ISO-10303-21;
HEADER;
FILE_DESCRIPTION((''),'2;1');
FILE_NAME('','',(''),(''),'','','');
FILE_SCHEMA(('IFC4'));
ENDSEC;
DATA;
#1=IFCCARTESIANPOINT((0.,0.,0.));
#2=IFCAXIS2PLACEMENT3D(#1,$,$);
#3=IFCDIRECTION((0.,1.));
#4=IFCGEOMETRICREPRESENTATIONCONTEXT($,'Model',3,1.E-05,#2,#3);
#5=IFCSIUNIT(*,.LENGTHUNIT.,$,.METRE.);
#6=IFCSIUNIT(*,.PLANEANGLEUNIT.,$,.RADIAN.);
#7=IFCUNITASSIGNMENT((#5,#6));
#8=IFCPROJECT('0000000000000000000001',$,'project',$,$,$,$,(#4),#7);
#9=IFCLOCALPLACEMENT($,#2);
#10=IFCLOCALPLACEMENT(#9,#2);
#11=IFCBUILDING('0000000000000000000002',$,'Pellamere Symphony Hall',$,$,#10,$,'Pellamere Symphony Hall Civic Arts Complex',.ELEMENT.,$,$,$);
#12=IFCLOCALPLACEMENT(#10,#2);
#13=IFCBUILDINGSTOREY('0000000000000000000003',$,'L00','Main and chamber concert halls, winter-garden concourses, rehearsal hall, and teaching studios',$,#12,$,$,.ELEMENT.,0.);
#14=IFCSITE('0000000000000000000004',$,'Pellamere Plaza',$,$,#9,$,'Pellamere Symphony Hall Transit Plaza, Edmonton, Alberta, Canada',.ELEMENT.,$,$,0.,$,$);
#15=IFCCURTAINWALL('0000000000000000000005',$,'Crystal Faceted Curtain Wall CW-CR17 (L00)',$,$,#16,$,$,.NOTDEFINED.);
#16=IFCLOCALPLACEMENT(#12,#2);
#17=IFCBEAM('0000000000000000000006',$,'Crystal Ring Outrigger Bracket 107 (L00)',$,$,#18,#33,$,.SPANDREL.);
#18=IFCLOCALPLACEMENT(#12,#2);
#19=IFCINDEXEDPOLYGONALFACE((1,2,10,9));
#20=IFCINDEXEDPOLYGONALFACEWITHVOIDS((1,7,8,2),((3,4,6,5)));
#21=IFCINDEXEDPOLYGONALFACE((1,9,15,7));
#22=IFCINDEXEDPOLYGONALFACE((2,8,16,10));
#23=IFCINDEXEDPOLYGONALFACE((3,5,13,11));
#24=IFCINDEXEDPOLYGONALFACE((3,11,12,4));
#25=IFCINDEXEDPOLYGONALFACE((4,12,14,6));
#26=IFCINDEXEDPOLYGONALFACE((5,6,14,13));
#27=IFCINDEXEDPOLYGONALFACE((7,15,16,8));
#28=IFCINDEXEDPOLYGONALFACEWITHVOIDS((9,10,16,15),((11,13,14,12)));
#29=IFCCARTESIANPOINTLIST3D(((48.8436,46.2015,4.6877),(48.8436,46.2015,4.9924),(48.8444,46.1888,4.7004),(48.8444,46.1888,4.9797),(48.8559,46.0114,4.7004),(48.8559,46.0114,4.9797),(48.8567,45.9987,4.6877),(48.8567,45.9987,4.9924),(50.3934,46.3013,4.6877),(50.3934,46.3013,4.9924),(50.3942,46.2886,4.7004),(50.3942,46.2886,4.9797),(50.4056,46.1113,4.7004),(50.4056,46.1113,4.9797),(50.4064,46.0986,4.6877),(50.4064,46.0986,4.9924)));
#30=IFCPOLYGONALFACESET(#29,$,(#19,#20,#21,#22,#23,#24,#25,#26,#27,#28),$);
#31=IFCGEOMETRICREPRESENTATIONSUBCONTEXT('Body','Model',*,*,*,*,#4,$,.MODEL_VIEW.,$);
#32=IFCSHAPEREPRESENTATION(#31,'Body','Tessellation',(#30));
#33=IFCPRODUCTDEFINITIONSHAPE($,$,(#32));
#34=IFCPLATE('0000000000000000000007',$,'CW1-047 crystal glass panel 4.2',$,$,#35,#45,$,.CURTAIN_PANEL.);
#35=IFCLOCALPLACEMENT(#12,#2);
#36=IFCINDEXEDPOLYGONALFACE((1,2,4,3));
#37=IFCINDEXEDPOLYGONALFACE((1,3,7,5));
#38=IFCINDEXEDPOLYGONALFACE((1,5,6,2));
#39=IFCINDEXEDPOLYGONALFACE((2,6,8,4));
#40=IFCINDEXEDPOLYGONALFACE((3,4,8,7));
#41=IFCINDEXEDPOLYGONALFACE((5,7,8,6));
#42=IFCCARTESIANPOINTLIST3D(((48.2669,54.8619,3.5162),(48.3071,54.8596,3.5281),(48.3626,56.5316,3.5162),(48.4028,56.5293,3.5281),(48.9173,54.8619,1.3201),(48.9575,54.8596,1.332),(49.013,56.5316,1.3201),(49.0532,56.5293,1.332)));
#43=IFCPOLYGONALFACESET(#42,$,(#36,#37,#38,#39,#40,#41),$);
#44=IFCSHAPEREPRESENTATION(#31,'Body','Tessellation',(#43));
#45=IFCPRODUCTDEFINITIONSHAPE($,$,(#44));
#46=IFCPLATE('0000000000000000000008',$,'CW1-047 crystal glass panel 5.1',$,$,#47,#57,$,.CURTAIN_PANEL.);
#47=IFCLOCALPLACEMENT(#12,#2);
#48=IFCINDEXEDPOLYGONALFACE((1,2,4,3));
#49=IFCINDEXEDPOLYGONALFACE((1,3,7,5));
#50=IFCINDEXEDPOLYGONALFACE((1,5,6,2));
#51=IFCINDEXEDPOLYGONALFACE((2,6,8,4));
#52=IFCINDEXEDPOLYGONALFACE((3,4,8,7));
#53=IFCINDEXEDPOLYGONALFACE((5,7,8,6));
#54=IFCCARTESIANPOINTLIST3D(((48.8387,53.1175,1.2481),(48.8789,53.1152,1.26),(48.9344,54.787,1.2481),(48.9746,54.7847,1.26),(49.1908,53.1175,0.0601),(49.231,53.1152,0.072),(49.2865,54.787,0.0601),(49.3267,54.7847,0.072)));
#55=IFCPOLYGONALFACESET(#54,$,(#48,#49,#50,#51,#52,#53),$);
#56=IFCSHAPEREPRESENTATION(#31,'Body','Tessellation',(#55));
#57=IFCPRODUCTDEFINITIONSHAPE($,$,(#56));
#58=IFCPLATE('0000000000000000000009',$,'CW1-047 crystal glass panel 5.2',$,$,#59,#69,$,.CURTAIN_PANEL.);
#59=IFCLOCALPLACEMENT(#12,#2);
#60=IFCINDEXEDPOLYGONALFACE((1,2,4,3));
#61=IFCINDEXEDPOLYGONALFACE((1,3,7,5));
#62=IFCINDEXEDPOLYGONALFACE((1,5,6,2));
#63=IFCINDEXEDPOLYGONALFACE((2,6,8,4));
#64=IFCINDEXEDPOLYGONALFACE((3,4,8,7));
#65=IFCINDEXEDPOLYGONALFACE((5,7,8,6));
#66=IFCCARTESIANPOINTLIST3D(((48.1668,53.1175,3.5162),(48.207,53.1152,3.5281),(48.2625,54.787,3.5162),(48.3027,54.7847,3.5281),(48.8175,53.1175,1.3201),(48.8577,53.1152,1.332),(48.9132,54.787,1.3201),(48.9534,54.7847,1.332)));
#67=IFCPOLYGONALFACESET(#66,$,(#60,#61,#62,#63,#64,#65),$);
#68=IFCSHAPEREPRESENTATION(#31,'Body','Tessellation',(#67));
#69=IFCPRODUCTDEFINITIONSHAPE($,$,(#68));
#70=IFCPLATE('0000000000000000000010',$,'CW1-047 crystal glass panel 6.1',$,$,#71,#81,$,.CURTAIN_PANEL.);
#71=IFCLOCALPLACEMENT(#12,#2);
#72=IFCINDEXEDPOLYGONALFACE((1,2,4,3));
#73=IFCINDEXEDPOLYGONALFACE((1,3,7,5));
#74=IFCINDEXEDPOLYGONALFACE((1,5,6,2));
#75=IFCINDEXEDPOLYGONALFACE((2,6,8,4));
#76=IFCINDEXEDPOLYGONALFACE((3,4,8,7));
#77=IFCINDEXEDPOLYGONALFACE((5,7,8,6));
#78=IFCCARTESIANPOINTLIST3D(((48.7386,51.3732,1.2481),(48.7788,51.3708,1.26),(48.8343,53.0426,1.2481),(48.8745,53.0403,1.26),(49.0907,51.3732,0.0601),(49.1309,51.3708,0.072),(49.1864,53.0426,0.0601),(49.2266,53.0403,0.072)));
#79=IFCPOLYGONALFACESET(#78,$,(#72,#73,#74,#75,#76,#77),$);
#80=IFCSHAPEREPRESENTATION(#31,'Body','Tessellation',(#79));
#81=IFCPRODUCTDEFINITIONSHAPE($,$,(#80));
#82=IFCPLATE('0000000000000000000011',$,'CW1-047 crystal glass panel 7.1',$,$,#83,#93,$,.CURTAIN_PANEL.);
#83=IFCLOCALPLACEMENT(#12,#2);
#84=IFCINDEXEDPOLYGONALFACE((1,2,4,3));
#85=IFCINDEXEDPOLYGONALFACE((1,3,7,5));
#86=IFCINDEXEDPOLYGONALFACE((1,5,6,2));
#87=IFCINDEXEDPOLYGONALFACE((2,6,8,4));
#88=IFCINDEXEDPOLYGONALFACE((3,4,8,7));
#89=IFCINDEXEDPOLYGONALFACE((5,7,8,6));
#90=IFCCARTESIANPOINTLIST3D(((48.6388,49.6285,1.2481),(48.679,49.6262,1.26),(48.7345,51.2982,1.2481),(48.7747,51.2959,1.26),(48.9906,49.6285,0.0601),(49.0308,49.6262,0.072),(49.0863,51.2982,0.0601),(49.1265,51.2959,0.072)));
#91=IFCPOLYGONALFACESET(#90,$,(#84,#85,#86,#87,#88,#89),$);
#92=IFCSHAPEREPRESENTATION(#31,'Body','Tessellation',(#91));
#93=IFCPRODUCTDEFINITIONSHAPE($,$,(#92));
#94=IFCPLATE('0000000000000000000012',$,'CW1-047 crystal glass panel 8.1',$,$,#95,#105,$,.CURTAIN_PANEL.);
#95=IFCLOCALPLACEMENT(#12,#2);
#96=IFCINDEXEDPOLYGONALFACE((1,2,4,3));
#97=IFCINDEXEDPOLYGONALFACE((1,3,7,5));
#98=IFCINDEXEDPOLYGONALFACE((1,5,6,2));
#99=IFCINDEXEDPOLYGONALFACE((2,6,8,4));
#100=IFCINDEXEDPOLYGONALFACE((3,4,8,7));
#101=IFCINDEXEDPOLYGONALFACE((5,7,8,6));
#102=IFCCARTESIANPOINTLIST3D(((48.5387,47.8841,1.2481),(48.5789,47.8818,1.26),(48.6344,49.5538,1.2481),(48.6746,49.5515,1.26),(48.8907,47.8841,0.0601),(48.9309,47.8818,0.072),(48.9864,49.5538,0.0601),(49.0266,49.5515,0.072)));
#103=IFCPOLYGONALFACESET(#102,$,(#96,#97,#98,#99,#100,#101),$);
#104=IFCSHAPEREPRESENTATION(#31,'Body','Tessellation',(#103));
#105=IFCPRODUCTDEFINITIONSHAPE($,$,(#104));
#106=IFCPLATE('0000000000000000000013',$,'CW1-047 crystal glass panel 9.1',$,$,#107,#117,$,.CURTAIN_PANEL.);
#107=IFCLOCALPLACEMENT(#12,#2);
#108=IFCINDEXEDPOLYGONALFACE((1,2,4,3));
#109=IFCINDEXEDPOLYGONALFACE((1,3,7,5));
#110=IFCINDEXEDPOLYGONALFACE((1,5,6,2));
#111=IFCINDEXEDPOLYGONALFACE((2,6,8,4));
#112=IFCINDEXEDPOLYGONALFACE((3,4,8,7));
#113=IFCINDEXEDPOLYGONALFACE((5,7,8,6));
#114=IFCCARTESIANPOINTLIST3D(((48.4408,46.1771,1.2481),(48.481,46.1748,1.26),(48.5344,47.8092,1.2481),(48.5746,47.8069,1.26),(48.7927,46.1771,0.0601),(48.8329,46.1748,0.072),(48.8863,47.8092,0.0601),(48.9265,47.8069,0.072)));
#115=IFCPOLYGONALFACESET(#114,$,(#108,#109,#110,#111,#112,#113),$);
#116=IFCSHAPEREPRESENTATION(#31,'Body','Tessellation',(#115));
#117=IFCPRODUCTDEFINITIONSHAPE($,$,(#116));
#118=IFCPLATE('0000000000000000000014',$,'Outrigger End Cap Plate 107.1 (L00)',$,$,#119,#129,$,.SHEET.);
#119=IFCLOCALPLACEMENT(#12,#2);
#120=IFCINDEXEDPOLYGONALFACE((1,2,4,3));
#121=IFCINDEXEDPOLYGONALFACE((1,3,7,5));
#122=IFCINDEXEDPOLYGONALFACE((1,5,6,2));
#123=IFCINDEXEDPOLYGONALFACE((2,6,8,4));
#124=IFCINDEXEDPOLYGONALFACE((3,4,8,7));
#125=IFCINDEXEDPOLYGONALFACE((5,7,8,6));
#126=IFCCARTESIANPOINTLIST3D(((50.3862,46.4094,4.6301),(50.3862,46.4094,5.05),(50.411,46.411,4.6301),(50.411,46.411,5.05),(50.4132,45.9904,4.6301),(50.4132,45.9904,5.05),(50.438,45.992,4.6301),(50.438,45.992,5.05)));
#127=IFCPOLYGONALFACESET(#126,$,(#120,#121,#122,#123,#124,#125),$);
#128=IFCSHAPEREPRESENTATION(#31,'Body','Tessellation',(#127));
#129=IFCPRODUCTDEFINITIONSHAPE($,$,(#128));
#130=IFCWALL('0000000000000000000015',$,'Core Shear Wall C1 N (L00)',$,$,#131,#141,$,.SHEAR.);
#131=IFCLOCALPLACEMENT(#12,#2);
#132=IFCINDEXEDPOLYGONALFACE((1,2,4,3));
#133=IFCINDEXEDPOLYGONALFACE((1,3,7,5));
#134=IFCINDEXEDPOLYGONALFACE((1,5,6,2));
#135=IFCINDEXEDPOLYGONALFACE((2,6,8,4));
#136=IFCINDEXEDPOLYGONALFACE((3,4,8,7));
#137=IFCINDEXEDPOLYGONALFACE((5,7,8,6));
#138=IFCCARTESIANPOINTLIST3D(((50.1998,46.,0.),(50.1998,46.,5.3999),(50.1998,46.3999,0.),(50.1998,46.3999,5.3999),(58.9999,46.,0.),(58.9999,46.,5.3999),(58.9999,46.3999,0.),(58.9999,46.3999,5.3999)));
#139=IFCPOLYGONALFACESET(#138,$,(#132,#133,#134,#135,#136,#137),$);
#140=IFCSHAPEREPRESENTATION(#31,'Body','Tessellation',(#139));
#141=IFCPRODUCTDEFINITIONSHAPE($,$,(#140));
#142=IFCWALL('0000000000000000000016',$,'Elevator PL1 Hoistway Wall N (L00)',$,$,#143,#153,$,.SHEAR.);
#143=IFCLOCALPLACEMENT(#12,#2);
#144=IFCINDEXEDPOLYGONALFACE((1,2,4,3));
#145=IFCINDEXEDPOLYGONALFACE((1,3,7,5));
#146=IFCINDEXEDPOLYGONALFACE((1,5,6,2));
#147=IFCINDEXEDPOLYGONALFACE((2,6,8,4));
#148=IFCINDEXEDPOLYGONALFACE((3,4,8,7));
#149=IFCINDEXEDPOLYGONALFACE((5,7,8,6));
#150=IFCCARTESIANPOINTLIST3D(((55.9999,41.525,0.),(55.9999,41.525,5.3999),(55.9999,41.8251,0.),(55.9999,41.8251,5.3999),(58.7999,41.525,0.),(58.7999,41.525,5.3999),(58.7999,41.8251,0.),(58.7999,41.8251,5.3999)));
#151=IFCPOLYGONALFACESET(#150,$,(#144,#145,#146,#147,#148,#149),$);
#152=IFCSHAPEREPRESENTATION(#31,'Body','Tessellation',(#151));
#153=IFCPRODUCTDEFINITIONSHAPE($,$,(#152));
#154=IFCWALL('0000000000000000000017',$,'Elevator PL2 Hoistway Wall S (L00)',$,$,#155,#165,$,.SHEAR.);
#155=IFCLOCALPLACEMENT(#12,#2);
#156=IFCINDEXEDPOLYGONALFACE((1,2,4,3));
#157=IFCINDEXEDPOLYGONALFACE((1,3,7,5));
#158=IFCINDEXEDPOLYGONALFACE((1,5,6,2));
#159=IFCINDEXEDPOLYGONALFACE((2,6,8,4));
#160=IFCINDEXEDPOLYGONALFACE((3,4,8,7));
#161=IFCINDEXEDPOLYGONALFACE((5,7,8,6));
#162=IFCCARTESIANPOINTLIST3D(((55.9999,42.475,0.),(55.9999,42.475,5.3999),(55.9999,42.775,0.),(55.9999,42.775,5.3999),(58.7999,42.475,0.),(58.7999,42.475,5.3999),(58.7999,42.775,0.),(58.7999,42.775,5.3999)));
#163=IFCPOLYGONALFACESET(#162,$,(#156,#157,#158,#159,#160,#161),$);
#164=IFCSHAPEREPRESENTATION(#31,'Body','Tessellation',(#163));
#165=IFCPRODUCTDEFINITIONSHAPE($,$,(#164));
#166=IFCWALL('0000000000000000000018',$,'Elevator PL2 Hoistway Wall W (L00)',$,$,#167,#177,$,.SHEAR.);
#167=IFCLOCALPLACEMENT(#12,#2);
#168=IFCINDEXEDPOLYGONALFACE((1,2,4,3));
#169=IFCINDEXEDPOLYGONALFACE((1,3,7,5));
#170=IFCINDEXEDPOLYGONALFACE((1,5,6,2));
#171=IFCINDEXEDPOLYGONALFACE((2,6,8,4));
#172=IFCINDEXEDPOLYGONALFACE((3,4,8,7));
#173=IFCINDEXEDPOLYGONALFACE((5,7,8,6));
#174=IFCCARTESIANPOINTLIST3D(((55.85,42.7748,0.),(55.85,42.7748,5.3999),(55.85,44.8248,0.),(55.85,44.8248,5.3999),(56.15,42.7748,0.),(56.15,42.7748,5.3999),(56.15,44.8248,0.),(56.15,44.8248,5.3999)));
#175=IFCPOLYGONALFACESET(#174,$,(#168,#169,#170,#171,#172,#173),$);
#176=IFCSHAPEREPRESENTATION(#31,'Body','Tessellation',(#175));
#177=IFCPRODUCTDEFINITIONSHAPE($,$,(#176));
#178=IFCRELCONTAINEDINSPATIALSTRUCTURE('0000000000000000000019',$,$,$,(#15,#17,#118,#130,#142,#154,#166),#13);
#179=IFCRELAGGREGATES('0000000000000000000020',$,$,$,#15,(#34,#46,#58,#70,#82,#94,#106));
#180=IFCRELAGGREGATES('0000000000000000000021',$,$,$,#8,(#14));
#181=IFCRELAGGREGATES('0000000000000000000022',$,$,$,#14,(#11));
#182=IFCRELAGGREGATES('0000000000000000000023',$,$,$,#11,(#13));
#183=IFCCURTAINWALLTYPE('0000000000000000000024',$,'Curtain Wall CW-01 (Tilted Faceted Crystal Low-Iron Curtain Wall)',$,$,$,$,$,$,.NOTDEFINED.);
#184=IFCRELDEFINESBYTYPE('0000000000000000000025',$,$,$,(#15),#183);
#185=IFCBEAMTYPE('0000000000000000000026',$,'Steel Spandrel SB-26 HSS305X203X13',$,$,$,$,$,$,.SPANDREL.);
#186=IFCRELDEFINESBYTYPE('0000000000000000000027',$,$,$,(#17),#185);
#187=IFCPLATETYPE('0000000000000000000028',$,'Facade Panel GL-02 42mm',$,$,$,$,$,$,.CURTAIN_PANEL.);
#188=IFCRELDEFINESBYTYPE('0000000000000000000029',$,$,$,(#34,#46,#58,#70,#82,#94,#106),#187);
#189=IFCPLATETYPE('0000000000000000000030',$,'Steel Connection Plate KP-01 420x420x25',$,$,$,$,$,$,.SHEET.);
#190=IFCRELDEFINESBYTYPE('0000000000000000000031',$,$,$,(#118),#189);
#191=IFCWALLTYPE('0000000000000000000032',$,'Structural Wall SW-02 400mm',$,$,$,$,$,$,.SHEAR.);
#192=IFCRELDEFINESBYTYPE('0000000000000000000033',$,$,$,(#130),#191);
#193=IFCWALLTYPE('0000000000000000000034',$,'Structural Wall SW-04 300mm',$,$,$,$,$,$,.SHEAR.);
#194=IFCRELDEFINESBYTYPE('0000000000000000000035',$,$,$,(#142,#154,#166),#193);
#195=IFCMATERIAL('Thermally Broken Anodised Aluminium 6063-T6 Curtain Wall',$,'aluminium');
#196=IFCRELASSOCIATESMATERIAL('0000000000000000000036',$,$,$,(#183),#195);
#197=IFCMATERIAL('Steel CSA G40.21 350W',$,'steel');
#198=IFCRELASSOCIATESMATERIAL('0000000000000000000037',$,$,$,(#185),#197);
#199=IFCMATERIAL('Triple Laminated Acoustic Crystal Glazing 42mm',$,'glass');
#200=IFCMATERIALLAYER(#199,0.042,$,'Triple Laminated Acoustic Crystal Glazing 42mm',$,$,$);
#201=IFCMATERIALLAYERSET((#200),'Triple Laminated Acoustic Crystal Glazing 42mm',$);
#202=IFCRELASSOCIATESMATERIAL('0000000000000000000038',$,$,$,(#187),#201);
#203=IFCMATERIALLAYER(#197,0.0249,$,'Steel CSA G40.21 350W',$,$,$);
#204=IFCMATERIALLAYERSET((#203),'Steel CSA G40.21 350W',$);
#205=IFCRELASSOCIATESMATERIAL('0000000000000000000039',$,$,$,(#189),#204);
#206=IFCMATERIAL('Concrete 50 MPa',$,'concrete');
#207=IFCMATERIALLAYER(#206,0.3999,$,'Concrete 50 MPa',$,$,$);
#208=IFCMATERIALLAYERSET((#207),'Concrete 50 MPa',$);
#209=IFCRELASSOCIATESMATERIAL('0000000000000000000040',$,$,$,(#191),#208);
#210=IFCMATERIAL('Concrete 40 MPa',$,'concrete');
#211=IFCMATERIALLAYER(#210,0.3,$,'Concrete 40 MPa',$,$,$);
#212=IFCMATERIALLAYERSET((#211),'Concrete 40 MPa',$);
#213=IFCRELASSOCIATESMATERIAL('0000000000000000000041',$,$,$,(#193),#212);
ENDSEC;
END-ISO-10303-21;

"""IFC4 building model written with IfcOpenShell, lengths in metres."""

from ifc_helpers import new_model, si_unit, direction, frame, frame_2d, origin, origin_2d, place, context, subcontext, project, spatial, polyline, rectangle, hollow_rectangle, outline, extrude, material, layer, layer_set, material_profile, profile_set, type_object, element, aggregate, save


model = new_model("IFC4")

# Units and contexts
model_context = context("Model", 3, precision=1e-05, world=origin(), true_north=direction((0.0, 1.0)))
body_context = subcontext(model_context, "Body", "Model", "MODEL_VIEW")
ifc_project = project(units=[si_unit("LENGTHUNIT", "METRE"), si_unit("PLANEANGLEUNIT", "RADIAN")], contexts=[model_context])

# Site, building, storey
site_placement = place(None, origin())
site = spatial("IfcSite", under=ifc_project, at=site_placement, Name="Pellamere Plaza", LongName="Pellamere Symphony Hall Transit Plaza, Edmonton, Alberta, Canada", CompositionType="ELEMENT", RefElevation=0.0)
building_placement = place(site_placement, origin())
building = spatial("IfcBuilding", under=site, at=building_placement, Name="Pellamere Symphony Hall", LongName="Pellamere Symphony Hall Civic Arts Complex", CompositionType="ELEMENT")
storey_placement = place(building_placement, origin())
storey = spatial("IfcBuildingStorey", under=building, at=storey_placement, Name="L00", Description="Main and chamber concert halls, winter-garden concourses, rehearsal hall, and teaching studios", CompositionType="ELEMENT", Elevation=0.0)

# Shared definitions
ifc_material_1 = material(Name="Concrete 40 MPa", Category="concrete")

# Curtain wall
ifc_material_2 = material(Name="Thermally Broken Anodised Aluminium 6063-T6 Curtain Wall", Category="aluminium")
curtain_wall_type = type_object("IfcCurtainWallType", Name="Curtain Wall CW-01 (Tilted Faceted Crystal Low-Iron Curtain Wall)", PredefinedType="NOTDEFINED", material=ifc_material_2)
curtain_wall_1_placement = place(storey_placement, origin())
curtain_wall_1 = element("IfcCurtainWall", 1, at=curtain_wall_1_placement, inside=storey, type_object=curtain_wall_type, Name="Crystal Faceted Curtain Wall CW-CR17 (L00)", PredefinedType="NOTDEFINED")

# Beam
ifc_material_3 = material(Name="Steel CSA G40.21 350W", Category="steel")
ifc_material_profile_1 = material_profile(ifc_material_3, hollow_rectangle(XDim=0.2031, YDim=0.3047, WallThickness=0.0127, at=origin_2d()), Name="HSS305X203X13")
ifc_profile_set_1 = profile_set([ifc_material_profile_1], Name="Steel CSA G40.21 350W")
beam_type_1 = type_object("IfcBeamType", Name="Steel Spandrel SB-26 HSS305X203X13", PredefinedType="SPANDREL", material=ifc_profile_set_1)
beam_placement = place(storey_placement, frame((50.3999, 46.2, 4.8401), z_axis=(-0.997931, -0.064296, 0.0), x_axis=(0.064296, -0.997931, 0.0)))
element("IfcBeam", 2, at=beam_placement, inside=storey, type_object=beam_type_1, Name="Crystal Ring Outrigger Bracket 107 (L00)", PredefinedType="SPANDREL", context=body_context, shape_type="SweptSolid", body=[
    extrude(hollow_rectangle(XDim=0.2031, YDim=0.3047, WallThickness=0.0127, at=origin_2d()), origin(), (0.0, 0.0, 1.0), 1.553),
])

# Plates
ifc_material_4 = material(Name="Triple Laminated Acoustic Crystal Glazing 42mm", Category="glass")
ifc_layer_1 = layer(ifc_material_4, 0.042, Name="Triple Laminated Acoustic Crystal Glazing 42mm")
ifc_layer_set_1 = layer_set([ifc_layer_1], Name="Triple Laminated Acoustic Crystal Glazing 42mm")
plate_type_1 = type_object("IfcPlateType", Name="Facade Panel GL-02 42mm", PredefinedType="CURTAIN_PANEL", material=ifc_layer_set_1)
plate_1_placement = place(storey_placement, frame((49.0532, 56.5293, 1.332), z_axis=(0.957388, -0.054876, 0.283544), x_axis=(-0.057224, -0.998361, 0.0)))
plate_1 = element("IfcPlate", 3, at=plate_1_placement, type_object=plate_type_1, Name="CW1-047 crystal glass panel 4.2", PredefinedType="CURTAIN_PANEL", context=body_context, shape_type="SweptSolid", body=[
    extrude(outline(polyline([(0.0, 0.0), (1.6724, 0.0), (1.7096, -2.29), (0.0372, -2.29), (0.0, 0.0)])), origin(), (0.0, 0.0, -1.0), 0.042),
])
plate_2_placement = place(storey_placement, frame((49.3267, 54.7847, 0.072), z_axis=(0.957341, -0.054881, 0.2837), x_axis=(-0.057233, -0.998361, 0.0)))
plate_2 = element("IfcPlate", 4, at=plate_2_placement, type_object=plate_type_1, Name="CW1-047 crystal glass panel 5.1", PredefinedType="CURTAIN_PANEL", context=body_context, shape_type="SweptSolid", body=[
    extrude(outline(polyline([(0.0, 0.0), (1.6722, 0.0), (1.6923, -1.2389), (0.0201, -1.2389), (0.0, 0.0)])), origin(), (0.0, 0.0, -1.0), 0.042),
])
plate_3_placement = place(storey_placement, frame((48.9534, 54.7847, 1.332), z_axis=(0.957358, -0.054882, 0.283642), x_axis=(-0.057233, -0.998361, 0.0)))
plate_3 = element("IfcPlate", 5, at=plate_3_placement, type_object=plate_type_1, Name="CW1-047 crystal glass panel 5.2", PredefinedType="CURTAIN_PANEL", context=body_context, shape_type="SweptSolid", body=[
    extrude(outline(polyline([(0.0, 0.0), (1.6722, 0.0), (1.7094, -2.2901), (0.0372, -2.2901), (0.0, 0.0)])), origin(), (0.0, 0.0, -1.0), 0.042),
])
plate_4_placement = place(storey_placement, frame((49.2266, 53.0403, 0.072), z_axis=(0.957341, -0.054881, 0.2837), x_axis=(-0.057233, -0.998361, 0.0)))
plate_4 = element("IfcPlate", 6, at=plate_4_placement, type_object=plate_type_1, Name="CW1-047 crystal glass panel 6.1", PredefinedType="CURTAIN_PANEL", context=body_context, shape_type="SweptSolid", body=[
    extrude(outline(polyline([(0.0, 0.0), (1.6722, 0.0), (1.6923, -1.2389), (0.0201, -1.2389), (0.0, 0.0)])), origin(), (0.0, 0.0, -1.0), 0.042),
])
plate_5_placement = place(storey_placement, frame((49.1265, 51.2959, 0.072), z_axis=(0.957395, -0.054876, 0.28352), x_axis=(-0.057224, -0.998361, 0.0)))
plate_5 = element("IfcPlate", 7, at=plate_5_placement, type_object=plate_type_1, Name="CW1-047 crystal glass panel 7.1", PredefinedType="CURTAIN_PANEL", context=body_context, shape_type="SweptSolid", body=[
    extrude(outline(polyline([(0.0, 0.0), (1.6724, 0.0), (1.6926, -1.2388), (0.0201, -1.2388), (0.0, 0.0)])), origin(), (0.0, 0.0, -1.0), 0.042),
])
plate_6_placement = place(storey_placement, frame((49.0266, 49.5515, 0.072), z_axis=(0.957342, -0.054873, 0.2837), x_axis=(-0.057224, -0.998361, 0.0)))
plate_6 = element("IfcPlate", 8, at=plate_6_placement, type_object=plate_type_1, Name="CW1-047 crystal glass panel 8.1", PredefinedType="CURTAIN_PANEL", context=body_context, shape_type="SweptSolid", body=[
    extrude(outline(polyline([(0.0, 0.0), (1.6724, 0.0), (1.6926, -1.2389), (0.0201, -1.2389), (0.0, 0.0)])), origin(), (0.0, 0.0, -1.0), 0.042),
])
plate_7_placement = place(storey_placement, frame((48.9265, 47.8069, 0.072), z_axis=(0.957366, -0.054921, 0.283609), x_axis=(-0.057267, -0.998359, -0.00002)))
plate_7 = element("IfcPlate", 9, at=plate_7_placement, type_object=plate_type_1, Name="CW1-047 crystal glass panel 9.1", PredefinedType="CURTAIN_PANEL", context=body_context, shape_type="SweptSolid", body=[
    extrude(outline(polyline([(0.0, 0.0), (1.6348, 0.0), (1.6549, -1.2389), (0.0201, -1.2388), (0.0, 0.0)])), origin(), (0.0, 0.0, -1.0), 0.042),
])
aggregate(curtain_wall_1, [plate_1, plate_2, plate_3, plate_4, plate_5, plate_6, plate_7])
ifc_layer_2 = layer(ifc_material_3, 0.0249, Name="Steel CSA G40.21 350W")
ifc_layer_set_2 = layer_set([ifc_layer_2], Name="Steel CSA G40.21 350W")
plate_type_2 = type_object("IfcPlateType", Name="Steel Connection Plate KP-01 420x420x25", PredefinedType="SHEET", material=ifc_layer_set_2)
plate_8_placement = place(storey_placement, frame((50.4121, 46.2007, 4.6301), z_axis=(0.0, 0.0, 1.0), x_axis=(-0.997927, -0.064358, 0.0)))
element("IfcPlate", 10, at=plate_8_placement, inside=storey, type_object=plate_type_2, Name="Outrigger End Cap Plate 107.1 (L00)", PredefinedType="SHEET", context=body_context, shape_type="SweptSolid", body=[
    extrude(rectangle(XDim=0.0249, YDim=0.4199, at=origin_2d()), origin(), (0.0, 0.0, 1.0), 0.4199),
])

# Walls
ifc_material_5 = material(Name="Concrete 50 MPa", Category="concrete")
ifc_layer_3 = layer(ifc_material_5, 0.3999, Name="Concrete 50 MPa")
ifc_layer_set_3 = layer_set([ifc_layer_3], Name="Concrete 50 MPa")
wall_type_1 = type_object("IfcWallType", Name="Structural Wall SW-02 400mm", PredefinedType="SHEAR", material=ifc_layer_set_3)
wall_1_placement = place(storey_placement, frame((50.2, 46.2, 0.0), z_axis=(0.0, 0.0, 1.0), x_axis=(1.0, 0.0, 0.0)))
element("IfcWall", 11, at=wall_1_placement, inside=storey, type_object=wall_type_1, Name="Core Shear Wall C1 N (L00)", PredefinedType="SHEAR", context=body_context, shape_type="SweptSolid", body=[
    extrude(rectangle(XDim=8.8, YDim=0.3999, at=frame_2d((4.3999, 0.0))), origin(), (0.0, 0.0, 1.0), 5.3999),
])
ifc_layer_4 = layer(ifc_material_1, 0.3, Name="Concrete 40 MPa")
ifc_layer_set_4 = layer_set([ifc_layer_4], Name="Concrete 40 MPa")
wall_type_2 = type_object("IfcWallType", Name="Structural Wall SW-04 300mm", PredefinedType="SHEAR", material=ifc_layer_set_4)
for number, where, z_axis, x_axis, name in (
    (12, (56.0, 41.675, 0.0), (0.0, 0.0, 1.0), (1.0, 0.0, 0.0), "Elevator PL1 Hoistway Wall N (L00)"),
    (13, (56.0, 42.625, 0.0), (0.0, 0.0, 1.0), (1.0, 0.0, 0.0), "Elevator PL2 Hoistway Wall S (L00)"),
):
    element("IfcWall", number, at=place(storey_placement, frame(where, z_axis=z_axis, x_axis=x_axis)), inside=storey, type_object=wall_type_2, Name=name, PredefinedType="SHEAR", context=body_context, shape_type="SweptSolid", body=[
        extrude(rectangle(XDim=2.8, YDim=0.3, at=frame_2d((1.3999, 0.0))), origin(), (0.0, 0.0, 1.0), 5.3999),
    ])
wall_2_placement = place(storey_placement, frame((56.0, 42.7749, 0.0), z_axis=(0.0, 0.0, 1.0), x_axis=(0.0, 1.0, 0.0)))
element("IfcWall", 14, at=wall_2_placement, inside=storey, type_object=wall_type_2, Name="Elevator PL2 Hoistway Wall W (L00)", PredefinedType="SHEAR", context=body_context, shape_type="SweptSolid", body=[
    extrude(rectangle(XDim=2.05, YDim=0.3, at=frame_2d((1.0249, 0.0))), origin(), (0.0, 0.0, 1.0), 5.3999),
])

save(model, "model.ifc")
